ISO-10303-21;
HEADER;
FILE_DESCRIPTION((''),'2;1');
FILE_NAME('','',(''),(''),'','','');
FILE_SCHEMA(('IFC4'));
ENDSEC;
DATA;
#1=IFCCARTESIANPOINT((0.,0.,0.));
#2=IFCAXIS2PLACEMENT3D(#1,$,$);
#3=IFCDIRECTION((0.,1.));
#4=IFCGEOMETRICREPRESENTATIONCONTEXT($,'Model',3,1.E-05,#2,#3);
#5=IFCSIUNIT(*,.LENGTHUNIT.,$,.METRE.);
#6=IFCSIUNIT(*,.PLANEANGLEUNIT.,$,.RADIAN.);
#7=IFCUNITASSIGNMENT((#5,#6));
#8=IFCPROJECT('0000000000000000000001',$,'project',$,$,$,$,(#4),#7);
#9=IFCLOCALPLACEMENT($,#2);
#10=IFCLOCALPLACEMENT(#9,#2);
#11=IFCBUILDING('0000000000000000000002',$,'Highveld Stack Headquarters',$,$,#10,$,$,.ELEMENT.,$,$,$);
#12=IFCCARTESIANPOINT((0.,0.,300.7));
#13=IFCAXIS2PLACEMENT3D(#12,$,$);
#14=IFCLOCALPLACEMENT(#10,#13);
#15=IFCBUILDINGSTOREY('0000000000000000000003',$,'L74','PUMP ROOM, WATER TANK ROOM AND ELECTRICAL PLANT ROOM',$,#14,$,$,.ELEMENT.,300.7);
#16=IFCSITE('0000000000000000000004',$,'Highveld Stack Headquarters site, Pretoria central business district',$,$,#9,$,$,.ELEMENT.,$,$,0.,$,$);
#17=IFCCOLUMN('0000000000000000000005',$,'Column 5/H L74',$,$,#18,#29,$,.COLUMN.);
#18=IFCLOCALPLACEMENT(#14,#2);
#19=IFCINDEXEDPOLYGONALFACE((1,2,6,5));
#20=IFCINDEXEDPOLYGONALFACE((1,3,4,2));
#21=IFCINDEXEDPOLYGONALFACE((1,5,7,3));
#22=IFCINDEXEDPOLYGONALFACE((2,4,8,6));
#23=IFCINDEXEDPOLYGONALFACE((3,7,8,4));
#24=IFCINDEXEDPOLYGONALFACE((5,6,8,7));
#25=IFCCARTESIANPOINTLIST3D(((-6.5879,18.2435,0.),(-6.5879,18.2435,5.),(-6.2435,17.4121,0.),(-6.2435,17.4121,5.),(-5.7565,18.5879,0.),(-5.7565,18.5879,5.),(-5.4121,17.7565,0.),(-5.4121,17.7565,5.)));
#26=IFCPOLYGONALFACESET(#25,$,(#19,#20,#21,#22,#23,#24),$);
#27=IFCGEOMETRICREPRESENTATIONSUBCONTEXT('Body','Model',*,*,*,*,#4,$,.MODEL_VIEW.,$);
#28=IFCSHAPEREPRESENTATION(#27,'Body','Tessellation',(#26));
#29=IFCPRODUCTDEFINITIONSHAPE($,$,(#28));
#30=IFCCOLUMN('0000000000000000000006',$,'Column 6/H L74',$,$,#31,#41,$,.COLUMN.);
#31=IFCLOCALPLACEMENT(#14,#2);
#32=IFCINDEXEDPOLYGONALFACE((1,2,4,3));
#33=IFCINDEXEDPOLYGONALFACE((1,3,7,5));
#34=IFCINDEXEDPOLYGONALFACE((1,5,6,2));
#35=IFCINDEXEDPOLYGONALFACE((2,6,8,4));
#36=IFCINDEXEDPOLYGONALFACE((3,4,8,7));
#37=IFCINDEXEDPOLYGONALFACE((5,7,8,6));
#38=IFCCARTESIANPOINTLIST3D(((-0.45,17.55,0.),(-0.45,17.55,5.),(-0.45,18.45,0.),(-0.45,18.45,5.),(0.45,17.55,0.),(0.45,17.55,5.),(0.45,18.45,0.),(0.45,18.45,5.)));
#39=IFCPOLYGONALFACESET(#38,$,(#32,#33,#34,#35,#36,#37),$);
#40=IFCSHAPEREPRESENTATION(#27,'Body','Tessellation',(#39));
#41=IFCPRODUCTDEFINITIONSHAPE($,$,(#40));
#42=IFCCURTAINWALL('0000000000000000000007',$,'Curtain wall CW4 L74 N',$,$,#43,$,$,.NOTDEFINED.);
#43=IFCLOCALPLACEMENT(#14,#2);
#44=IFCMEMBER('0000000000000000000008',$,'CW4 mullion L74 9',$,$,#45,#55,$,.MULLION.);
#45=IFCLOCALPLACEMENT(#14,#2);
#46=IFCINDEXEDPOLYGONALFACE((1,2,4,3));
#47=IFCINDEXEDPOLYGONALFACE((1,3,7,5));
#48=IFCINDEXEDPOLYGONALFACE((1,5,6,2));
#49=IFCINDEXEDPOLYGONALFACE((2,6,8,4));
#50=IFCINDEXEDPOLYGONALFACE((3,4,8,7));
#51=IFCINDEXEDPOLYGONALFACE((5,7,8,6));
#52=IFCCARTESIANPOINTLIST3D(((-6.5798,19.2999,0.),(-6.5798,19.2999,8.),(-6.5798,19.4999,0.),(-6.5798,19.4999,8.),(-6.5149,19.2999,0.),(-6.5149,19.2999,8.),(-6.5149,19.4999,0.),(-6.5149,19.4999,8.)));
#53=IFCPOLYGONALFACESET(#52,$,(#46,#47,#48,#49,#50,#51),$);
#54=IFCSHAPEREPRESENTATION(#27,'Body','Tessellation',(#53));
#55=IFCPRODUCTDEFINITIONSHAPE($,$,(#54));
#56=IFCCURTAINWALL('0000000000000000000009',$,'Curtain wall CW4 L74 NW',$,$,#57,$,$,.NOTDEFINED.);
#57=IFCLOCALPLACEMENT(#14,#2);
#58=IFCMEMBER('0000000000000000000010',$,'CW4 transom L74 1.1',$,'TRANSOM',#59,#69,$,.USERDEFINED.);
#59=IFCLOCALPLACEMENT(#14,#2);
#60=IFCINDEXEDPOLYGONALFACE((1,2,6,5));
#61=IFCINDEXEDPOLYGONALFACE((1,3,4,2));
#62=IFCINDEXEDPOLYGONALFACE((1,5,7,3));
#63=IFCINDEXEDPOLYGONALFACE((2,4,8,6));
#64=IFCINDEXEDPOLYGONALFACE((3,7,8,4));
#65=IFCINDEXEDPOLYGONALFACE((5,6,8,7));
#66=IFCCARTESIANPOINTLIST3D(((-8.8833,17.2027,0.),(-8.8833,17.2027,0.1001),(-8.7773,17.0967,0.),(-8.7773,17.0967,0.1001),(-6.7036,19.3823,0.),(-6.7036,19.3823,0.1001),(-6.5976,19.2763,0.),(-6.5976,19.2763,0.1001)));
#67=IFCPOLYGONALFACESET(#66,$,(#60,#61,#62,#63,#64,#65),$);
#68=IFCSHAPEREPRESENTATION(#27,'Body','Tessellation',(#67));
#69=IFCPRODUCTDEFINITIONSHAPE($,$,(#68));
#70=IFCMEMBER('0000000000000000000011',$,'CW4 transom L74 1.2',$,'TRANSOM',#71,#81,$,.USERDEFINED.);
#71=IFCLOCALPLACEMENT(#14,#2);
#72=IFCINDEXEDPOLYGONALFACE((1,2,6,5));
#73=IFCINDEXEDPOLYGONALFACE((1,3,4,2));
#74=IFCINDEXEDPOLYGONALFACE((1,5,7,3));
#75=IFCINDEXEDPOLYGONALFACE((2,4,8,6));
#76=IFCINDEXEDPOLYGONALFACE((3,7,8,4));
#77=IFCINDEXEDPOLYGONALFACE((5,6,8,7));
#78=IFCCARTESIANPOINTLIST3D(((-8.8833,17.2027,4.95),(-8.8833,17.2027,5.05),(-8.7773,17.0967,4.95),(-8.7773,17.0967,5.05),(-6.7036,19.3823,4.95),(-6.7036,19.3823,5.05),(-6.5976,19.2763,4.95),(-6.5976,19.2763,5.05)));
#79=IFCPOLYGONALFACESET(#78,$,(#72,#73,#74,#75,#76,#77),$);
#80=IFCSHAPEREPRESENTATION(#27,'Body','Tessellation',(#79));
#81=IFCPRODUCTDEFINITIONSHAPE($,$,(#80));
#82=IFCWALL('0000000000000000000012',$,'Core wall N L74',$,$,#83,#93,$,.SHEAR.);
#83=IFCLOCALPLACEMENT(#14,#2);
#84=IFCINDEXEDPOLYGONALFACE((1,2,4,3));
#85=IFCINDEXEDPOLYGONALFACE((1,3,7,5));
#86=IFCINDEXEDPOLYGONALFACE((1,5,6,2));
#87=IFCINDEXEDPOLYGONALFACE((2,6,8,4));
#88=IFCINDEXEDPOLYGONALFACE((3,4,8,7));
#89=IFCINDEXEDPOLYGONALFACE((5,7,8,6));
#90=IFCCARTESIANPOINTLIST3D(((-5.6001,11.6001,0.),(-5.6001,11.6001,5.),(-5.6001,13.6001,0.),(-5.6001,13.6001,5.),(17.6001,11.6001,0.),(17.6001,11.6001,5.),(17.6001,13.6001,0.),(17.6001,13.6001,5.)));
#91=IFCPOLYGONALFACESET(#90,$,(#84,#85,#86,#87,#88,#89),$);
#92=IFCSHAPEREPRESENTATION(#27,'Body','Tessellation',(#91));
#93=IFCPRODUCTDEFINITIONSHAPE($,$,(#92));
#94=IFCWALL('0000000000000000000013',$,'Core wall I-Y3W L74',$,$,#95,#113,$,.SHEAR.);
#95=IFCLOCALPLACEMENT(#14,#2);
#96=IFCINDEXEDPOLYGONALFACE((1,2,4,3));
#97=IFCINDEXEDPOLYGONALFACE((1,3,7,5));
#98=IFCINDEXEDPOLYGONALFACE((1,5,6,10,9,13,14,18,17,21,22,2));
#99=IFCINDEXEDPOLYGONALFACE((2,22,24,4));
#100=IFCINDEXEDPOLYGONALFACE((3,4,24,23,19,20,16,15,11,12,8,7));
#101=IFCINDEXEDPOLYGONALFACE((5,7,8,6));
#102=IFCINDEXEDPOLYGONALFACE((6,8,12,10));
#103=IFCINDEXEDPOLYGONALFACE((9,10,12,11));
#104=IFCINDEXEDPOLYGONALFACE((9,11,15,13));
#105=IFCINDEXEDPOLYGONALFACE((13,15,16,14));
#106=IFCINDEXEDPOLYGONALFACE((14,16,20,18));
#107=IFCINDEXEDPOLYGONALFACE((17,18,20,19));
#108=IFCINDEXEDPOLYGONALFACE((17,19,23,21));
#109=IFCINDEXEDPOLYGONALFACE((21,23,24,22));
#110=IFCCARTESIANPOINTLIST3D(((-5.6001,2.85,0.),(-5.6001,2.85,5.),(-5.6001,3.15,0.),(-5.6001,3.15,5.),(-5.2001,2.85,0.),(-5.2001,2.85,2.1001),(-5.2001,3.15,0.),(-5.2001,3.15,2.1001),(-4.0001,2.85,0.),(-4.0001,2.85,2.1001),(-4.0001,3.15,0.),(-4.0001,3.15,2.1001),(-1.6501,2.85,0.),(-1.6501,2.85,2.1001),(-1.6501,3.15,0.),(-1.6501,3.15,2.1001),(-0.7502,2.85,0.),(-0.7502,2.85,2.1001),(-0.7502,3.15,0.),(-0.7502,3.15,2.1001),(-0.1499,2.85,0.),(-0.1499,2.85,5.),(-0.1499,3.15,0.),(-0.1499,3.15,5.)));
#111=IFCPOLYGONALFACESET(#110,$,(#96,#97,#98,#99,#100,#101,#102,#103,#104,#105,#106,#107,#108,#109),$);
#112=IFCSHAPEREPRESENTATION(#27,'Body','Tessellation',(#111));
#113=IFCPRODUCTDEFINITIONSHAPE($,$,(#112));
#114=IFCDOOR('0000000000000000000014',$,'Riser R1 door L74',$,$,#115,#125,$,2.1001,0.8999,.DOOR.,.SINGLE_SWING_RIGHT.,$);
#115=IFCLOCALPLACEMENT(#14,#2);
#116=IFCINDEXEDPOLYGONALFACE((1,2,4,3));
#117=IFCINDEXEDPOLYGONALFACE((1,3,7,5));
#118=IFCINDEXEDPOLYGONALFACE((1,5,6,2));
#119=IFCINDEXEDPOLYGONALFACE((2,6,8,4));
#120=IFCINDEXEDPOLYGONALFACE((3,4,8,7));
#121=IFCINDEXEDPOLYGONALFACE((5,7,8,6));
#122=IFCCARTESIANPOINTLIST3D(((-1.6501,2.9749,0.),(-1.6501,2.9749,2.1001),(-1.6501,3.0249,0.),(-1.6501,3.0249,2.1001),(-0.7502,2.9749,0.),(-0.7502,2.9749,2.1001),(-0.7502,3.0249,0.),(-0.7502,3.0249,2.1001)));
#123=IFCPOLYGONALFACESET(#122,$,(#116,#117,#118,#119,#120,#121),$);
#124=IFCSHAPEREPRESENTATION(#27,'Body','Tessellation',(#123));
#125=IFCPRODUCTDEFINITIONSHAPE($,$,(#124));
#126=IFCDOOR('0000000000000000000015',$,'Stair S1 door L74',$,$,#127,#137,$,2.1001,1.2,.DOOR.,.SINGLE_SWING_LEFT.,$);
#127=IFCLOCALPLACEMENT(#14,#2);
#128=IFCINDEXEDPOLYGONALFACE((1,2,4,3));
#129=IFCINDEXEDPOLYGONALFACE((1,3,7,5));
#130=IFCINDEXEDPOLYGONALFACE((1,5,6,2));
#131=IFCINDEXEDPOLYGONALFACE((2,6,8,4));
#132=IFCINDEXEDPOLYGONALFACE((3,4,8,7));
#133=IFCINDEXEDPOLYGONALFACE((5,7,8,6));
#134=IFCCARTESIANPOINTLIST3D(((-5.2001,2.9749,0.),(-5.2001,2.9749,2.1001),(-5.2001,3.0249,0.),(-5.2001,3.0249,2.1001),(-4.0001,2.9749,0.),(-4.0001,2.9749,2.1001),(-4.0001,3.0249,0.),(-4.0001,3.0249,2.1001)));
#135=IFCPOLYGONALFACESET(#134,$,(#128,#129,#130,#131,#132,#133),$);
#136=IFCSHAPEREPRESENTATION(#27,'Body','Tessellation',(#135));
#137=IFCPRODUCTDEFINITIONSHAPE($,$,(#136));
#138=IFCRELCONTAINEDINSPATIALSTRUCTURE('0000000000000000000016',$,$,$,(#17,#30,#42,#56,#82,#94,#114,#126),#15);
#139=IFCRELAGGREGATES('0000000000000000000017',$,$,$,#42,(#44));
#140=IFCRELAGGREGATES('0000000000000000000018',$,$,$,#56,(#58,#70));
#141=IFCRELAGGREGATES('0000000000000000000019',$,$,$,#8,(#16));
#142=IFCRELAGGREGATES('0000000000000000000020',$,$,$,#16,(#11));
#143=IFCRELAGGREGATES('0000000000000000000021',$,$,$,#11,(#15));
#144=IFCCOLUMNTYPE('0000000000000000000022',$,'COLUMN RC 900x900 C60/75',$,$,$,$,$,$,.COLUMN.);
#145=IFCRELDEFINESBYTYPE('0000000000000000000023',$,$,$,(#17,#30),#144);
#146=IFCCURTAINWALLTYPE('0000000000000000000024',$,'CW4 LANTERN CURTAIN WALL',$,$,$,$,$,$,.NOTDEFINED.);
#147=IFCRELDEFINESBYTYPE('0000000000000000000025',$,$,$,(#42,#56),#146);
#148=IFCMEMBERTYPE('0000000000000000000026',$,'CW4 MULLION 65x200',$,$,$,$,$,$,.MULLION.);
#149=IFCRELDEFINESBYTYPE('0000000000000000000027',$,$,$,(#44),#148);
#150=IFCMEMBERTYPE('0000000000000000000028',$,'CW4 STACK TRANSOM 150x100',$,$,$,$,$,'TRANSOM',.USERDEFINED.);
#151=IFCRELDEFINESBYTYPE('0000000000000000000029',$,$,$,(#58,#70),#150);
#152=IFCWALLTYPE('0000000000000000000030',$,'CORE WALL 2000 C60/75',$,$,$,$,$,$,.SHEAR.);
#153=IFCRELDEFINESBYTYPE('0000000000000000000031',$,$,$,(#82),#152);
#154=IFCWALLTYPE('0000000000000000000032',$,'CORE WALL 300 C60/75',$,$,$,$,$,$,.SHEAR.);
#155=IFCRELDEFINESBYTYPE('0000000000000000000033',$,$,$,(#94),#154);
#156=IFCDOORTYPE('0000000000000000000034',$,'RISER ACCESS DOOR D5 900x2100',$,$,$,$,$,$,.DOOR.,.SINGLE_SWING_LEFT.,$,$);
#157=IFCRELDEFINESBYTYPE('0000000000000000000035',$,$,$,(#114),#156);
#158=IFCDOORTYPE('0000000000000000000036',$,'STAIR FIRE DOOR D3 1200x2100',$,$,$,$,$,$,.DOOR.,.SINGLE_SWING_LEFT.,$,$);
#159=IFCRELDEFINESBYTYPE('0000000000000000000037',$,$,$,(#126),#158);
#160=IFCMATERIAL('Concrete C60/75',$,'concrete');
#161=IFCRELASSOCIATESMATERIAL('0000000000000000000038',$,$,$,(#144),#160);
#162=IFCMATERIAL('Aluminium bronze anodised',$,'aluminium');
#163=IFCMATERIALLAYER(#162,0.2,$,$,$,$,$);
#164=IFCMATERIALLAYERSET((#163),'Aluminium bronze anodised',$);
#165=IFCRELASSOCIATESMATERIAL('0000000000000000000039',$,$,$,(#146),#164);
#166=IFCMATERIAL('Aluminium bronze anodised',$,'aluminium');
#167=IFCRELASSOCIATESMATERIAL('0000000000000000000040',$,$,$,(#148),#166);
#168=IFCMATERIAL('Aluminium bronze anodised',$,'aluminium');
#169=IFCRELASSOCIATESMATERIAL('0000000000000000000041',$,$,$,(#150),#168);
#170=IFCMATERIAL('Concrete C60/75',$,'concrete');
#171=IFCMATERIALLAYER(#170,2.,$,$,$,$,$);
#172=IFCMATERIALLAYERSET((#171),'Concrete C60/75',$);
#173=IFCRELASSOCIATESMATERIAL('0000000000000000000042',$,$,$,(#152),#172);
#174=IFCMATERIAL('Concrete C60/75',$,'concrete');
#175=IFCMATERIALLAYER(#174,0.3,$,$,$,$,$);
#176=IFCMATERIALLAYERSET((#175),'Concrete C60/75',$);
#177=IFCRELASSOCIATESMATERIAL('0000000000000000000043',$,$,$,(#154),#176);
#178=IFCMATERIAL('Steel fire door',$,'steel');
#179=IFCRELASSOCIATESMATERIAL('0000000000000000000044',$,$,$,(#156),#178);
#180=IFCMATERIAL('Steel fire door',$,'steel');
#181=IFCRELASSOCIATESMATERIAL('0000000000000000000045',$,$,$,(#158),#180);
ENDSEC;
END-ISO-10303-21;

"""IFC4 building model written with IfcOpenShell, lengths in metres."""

from ifc_helpers import new_model, si_unit, direction, frame, frame_2d, origin, origin_2d, place, context, subcontext, project, spatial, rectangle, extrude, material, layer, layer_set, material_profile, profile_set, type_object, element, fill, aggregate, save


model = new_model("IFC4")

# Units and contexts
model_context = context("Model", 3, precision=1e-05, world=origin(), true_north=direction((0.0, 1.0)))
body_context = subcontext(model_context, "Body", "Model", "MODEL_VIEW")
ifc_project = project(units=[si_unit("LENGTHUNIT", "METRE"), si_unit("PLANEANGLEUNIT", "RADIAN")], contexts=[model_context])

# Site, building, storey
site_placement = place(None, origin())
site = spatial("IfcSite", under=ifc_project, at=site_placement, Name="Highveld Stack Headquarters site, Pretoria central business district", CompositionType="ELEMENT", RefElevation=0.0)
building_placement = place(site_placement, origin())
building = spatial("IfcBuilding", under=site, at=building_placement, Name="Highveld Stack Headquarters", CompositionType="ELEMENT")
storey_placement = place(building_placement, frame((0.0, 0.0, 300.7)))
storey = spatial("IfcBuildingStorey", under=building, at=storey_placement, Name="L74", Description="PUMP ROOM, WATER TANK ROOM AND ELECTRICAL PLANT ROOM", CompositionType="ELEMENT", Elevation=300.7)

# Columns
ifc_material_1 = material(Name="Concrete C60/75", Category="concrete")
ifc_material_profile_1 = material_profile(ifc_material_1, rectangle(XDim=0.8999, YDim=0.8999, at=origin_2d()), Name="RC 900x900")
ifc_profile_set_1 = profile_set([ifc_material_profile_1], Name="Concrete C60/75")
column_type = type_object("IfcColumnType", Name="COLUMN RC 900x900 C60/75", PredefinedType="COLUMN", material=ifc_profile_set_1)
for number, where, z_axis, x_axis, name in (
    (1, (-6.0, 18.0, 0.0), (0.0, 0.0, 1.0), (0.92388, 0.382683, 0.0), "Column 5/H L74"),
    (2, (0.0, 18.0, 0.0), (0.0, 0.0, 1.0), (1.0, 0.0, 0.0), "Column 6/H L74"),
):
    element("IfcColumn", number, at=place(storey_placement, frame(where, z_axis=z_axis, x_axis=x_axis)), inside=storey, type_object=column_type, Name=name, PredefinedType="COLUMN", context=body_context, shape_type="SweptSolid", body=[
        extrude(rectangle(XDim=0.8999, YDim=0.8999, at=origin_2d()), origin(), (0.0, 0.0, 1.0), 5.0),
    ])

# Curtain wall, member
ifc_material_2 = material(Name="Aluminium bronze anodised", Category="aluminium")
ifc_layer_1 = layer(ifc_material_2, 0.2)
ifc_layer_set_1 = layer_set([ifc_layer_1], Name="Aluminium bronze anodised")
curtain_wall_type = type_object("IfcCurtainWallType", Name="CW4 LANTERN CURTAIN WALL", PredefinedType="NOTDEFINED", material=ifc_layer_set_1)
curtain_wall_1_placement = place(storey_placement, origin())
curtain_wall_1 = element("IfcCurtainWall", 3, at=curtain_wall_1_placement, inside=storey, type_object=curtain_wall_type, Name="Curtain wall CW4 L74 N", PredefinedType="NOTDEFINED")
ifc_material_3 = material(Name="Aluminium bronze anodised", Category="aluminium")
ifc_material_profile_2 = material_profile(ifc_material_3, rectangle(XDim=0.2, YDim=0.0649, at=origin_2d()), Name="CW4 MULLION 65x200")
ifc_profile_set_2 = profile_set([ifc_material_profile_2], Name="Aluminium bronze anodised")
member_type_1 = type_object("IfcMemberType", Name="CW4 MULLION 65x200", PredefinedType="MULLION", material=ifc_profile_set_2)
member_1_placement = place(storey_placement, frame((-6.5474, 19.3999, 0.0), z_axis=(0.0, 0.0, 1.0), x_axis=(0.0, -1.0, 0.0)))
member_1 = element("IfcMember", 4, at=member_1_placement, type_object=member_type_1, Name="CW4 mullion L74 9", PredefinedType="MULLION", context=body_context, shape_type="SweptSolid", body=[
    extrude(rectangle(XDim=0.2, YDim=0.0649, at=origin_2d()), origin(), (0.0, 0.0, 1.0), 8.0),
])
aggregate(curtain_wall_1, [member_1])

# Curtain wall, members
curtain_wall_2_placement = place(storey_placement, origin())
curtain_wall_2 = element("IfcCurtainWall", 5, at=curtain_wall_2_placement, inside=storey, type_object=curtain_wall_type, Name="Curtain wall CW4 L74 NW", PredefinedType="NOTDEFINED")
ifc_material_4 = material(Name="Aluminium bronze anodised", Category="aluminium")
ifc_material_profile_3 = material_profile(ifc_material_4, rectangle(XDim=0.1499, YDim=0.1001, at=origin_2d()), Name="CW4 TRANSOM 150x100")
ifc_profile_set_3 = profile_set([ifc_material_profile_3], Name="Aluminium bronze anodised")
member_type_2 = type_object("IfcMemberType", Name="CW4 STACK TRANSOM 150x100", ElementType="TRANSOM", PredefinedType="USERDEFINED", material=ifc_profile_set_3)
member_2_placement = place(storey_placement, frame((-6.6506, 19.3293, 0.05), z_axis=(-0.707107, -0.707107, 0.0), x_axis=(0.707107, -0.707107, 0.0)))
member_2 = element("IfcMember", 6, at=member_2_placement, type_object=member_type_2, Name="CW4 transom L74 1.1", ObjectType="TRANSOM", PredefinedType="USERDEFINED", context=body_context, shape_type="SweptSolid", body=[
    extrude(rectangle(XDim=0.1499, YDim=0.1001, at=origin_2d()), origin(), (0.0, 0.0, 1.0), 3.0825),
])
member_3_placement = place(storey_placement, frame((-6.6506, 19.3293, 5.0), z_axis=(-0.707107, -0.707107, 0.0), x_axis=(0.707107, -0.707107, 0.0)))
member_3 = element("IfcMember", 7, at=member_3_placement, type_object=member_type_2, Name="CW4 transom L74 1.2", ObjectType="TRANSOM", PredefinedType="USERDEFINED", context=body_context, shape_type="SweptSolid", body=[
    extrude(rectangle(XDim=0.1499, YDim=0.1001, at=origin_2d()), origin(), (0.0, 0.0, 1.0), 3.0825),
])
aggregate(curtain_wall_2, [member_2, member_3])

# Wall
ifc_material_5 = material(Name="Concrete C60/75", Category="concrete")
ifc_layer_2 = layer(ifc_material_5, 2.0)
ifc_layer_set_2 = layer_set([ifc_layer_2], Name="Concrete C60/75")
wall_type_1 = type_object("IfcWallType", Name="CORE WALL 2000 C60/75", PredefinedType="SHEAR", material=ifc_layer_set_2)
wall_1_placement = place(storey_placement, frame((-5.6001, 12.6001, 0.0), z_axis=(0.0, 0.0, 1.0), x_axis=(1.0, 0.0, 0.0)))
element("IfcWall", 8, at=wall_1_placement, inside=storey, type_object=wall_type_1, Name="Core wall N L74", PredefinedType="SHEAR", context=body_context, shape_type="SweptSolid", body=[
    extrude(rectangle(XDim=23.2002, YDim=2.0, at=frame_2d((11.6001, 0.0))), origin(), (0.0, 0.0, 1.0), 5.0),
])

# Wall, openings, doors
ifc_material_6 = material(Name="Concrete C60/75", Category="concrete")
ifc_layer_3 = layer(ifc_material_6, 0.3)
ifc_layer_set_3 = layer_set([ifc_layer_3], Name="Concrete C60/75")
wall_type_2 = type_object("IfcWallType", Name="CORE WALL 300 C60/75", PredefinedType="SHEAR", material=ifc_layer_set_3)
wall_2_placement = place(storey_placement, frame((-5.6001, 3.0, 0.0), z_axis=(0.0, 0.0, 1.0), x_axis=(1.0, 0.0, 0.0)))
wall_2 = element("IfcWall", 9, at=wall_2_placement, inside=storey, type_object=wall_type_2, Name="Core wall I-Y3W L74", PredefinedType="SHEAR", context=body_context, shape_type="SweptSolid", body=[
    extrude(rectangle(XDim=5.4502, YDim=0.3, at=frame_2d((2.7251, 0.0))), origin(), (0.0, 0.0, 1.0), 5.0),
])
opening_1_placement = place(wall_2_placement, frame((0.3999, 0.0, 0.0)))
opening_1 = element("IfcOpeningElement", 10, at=opening_1_placement, cuts=wall_2, PredefinedType="OPENING", context=body_context, shape_type="SweptSolid", body=[
    extrude(rectangle(XDim=1.2, YDim=2.1001, at=frame_2d((0.6001, 1.05))), frame((0.0, 0.1599, 0.0), z_axis=(0.0, -1.0, 0.0), x_axis=(1.0, 0.0, 0.0)), (0.0, 0.0, 1.0), 0.3201),
])
opening_2_placement = place(wall_2_placement, frame((3.95, 0.0, 0.0)))
opening_2 = element("IfcOpeningElement", 11, at=opening_2_placement, cuts=wall_2, PredefinedType="OPENING", context=body_context, shape_type="SweptSolid", body=[
    extrude(rectangle(XDim=0.8999, YDim=2.1001, at=frame_2d((0.45, 1.05))), frame((0.0, 0.1599, 0.0), z_axis=(0.0, -1.0, 0.0), x_axis=(1.0, 0.0, 0.0)), (0.0, 0.0, 1.0), 0.3201),
])
ifc_material_7 = material(Name="Steel fire door", Category="steel")
door_type_1 = type_object("IfcDoorType", Name="RISER ACCESS DOOR D5 900x2100", OperationType="SINGLE_SWING_LEFT", PredefinedType="DOOR", material=ifc_material_7)
door_1_placement = place(opening_2_placement, origin())
door_1 = element("IfcDoor", 12, at=door_1_placement, inside=storey, type_object=door_type_1, Name="Riser R1 door L74", OperationType="SINGLE_SWING_RIGHT", OverallHeight=2.1001, OverallWidth=0.8999, PredefinedType="DOOR", context=body_context, shape_type="SweptSolid", body=[
    extrude(rectangle(XDim=0.8999, YDim=2.1001, at=frame_2d((0.45, 1.05))), frame((0.0, 0.0249, 0.0), z_axis=(0.0, -1.0, 0.0), x_axis=(1.0, 0.0, 0.0)), (0.0, 0.0, 1.0), 0.05),
])
fill(opening_2, door_1)
ifc_material_8 = material(Name="Steel fire door", Category="steel")
door_type_2 = type_object("IfcDoorType", Name="STAIR FIRE DOOR D3 1200x2100", OperationType="SINGLE_SWING_LEFT", PredefinedType="DOOR", material=ifc_material_8)
door_2_placement = place(opening_1_placement, origin())
door_2 = element("IfcDoor", 13, at=door_2_placement, inside=storey, type_object=door_type_2, Name="Stair S1 door L74", OperationType="SINGLE_SWING_LEFT", OverallHeight=2.1001, OverallWidth=1.2, PredefinedType="DOOR", context=body_context, shape_type="SweptSolid", body=[
    extrude(rectangle(XDim=1.2, YDim=2.1001, at=frame_2d((0.6001, 1.05))), frame((0.0, 0.0249, 0.0), z_axis=(0.0, -1.0, 0.0), x_axis=(1.0, 0.0, 0.0)), (0.0, 0.0, 1.0), 0.05),
])
fill(opening_1, door_2)

save(model, "model.ifc")
